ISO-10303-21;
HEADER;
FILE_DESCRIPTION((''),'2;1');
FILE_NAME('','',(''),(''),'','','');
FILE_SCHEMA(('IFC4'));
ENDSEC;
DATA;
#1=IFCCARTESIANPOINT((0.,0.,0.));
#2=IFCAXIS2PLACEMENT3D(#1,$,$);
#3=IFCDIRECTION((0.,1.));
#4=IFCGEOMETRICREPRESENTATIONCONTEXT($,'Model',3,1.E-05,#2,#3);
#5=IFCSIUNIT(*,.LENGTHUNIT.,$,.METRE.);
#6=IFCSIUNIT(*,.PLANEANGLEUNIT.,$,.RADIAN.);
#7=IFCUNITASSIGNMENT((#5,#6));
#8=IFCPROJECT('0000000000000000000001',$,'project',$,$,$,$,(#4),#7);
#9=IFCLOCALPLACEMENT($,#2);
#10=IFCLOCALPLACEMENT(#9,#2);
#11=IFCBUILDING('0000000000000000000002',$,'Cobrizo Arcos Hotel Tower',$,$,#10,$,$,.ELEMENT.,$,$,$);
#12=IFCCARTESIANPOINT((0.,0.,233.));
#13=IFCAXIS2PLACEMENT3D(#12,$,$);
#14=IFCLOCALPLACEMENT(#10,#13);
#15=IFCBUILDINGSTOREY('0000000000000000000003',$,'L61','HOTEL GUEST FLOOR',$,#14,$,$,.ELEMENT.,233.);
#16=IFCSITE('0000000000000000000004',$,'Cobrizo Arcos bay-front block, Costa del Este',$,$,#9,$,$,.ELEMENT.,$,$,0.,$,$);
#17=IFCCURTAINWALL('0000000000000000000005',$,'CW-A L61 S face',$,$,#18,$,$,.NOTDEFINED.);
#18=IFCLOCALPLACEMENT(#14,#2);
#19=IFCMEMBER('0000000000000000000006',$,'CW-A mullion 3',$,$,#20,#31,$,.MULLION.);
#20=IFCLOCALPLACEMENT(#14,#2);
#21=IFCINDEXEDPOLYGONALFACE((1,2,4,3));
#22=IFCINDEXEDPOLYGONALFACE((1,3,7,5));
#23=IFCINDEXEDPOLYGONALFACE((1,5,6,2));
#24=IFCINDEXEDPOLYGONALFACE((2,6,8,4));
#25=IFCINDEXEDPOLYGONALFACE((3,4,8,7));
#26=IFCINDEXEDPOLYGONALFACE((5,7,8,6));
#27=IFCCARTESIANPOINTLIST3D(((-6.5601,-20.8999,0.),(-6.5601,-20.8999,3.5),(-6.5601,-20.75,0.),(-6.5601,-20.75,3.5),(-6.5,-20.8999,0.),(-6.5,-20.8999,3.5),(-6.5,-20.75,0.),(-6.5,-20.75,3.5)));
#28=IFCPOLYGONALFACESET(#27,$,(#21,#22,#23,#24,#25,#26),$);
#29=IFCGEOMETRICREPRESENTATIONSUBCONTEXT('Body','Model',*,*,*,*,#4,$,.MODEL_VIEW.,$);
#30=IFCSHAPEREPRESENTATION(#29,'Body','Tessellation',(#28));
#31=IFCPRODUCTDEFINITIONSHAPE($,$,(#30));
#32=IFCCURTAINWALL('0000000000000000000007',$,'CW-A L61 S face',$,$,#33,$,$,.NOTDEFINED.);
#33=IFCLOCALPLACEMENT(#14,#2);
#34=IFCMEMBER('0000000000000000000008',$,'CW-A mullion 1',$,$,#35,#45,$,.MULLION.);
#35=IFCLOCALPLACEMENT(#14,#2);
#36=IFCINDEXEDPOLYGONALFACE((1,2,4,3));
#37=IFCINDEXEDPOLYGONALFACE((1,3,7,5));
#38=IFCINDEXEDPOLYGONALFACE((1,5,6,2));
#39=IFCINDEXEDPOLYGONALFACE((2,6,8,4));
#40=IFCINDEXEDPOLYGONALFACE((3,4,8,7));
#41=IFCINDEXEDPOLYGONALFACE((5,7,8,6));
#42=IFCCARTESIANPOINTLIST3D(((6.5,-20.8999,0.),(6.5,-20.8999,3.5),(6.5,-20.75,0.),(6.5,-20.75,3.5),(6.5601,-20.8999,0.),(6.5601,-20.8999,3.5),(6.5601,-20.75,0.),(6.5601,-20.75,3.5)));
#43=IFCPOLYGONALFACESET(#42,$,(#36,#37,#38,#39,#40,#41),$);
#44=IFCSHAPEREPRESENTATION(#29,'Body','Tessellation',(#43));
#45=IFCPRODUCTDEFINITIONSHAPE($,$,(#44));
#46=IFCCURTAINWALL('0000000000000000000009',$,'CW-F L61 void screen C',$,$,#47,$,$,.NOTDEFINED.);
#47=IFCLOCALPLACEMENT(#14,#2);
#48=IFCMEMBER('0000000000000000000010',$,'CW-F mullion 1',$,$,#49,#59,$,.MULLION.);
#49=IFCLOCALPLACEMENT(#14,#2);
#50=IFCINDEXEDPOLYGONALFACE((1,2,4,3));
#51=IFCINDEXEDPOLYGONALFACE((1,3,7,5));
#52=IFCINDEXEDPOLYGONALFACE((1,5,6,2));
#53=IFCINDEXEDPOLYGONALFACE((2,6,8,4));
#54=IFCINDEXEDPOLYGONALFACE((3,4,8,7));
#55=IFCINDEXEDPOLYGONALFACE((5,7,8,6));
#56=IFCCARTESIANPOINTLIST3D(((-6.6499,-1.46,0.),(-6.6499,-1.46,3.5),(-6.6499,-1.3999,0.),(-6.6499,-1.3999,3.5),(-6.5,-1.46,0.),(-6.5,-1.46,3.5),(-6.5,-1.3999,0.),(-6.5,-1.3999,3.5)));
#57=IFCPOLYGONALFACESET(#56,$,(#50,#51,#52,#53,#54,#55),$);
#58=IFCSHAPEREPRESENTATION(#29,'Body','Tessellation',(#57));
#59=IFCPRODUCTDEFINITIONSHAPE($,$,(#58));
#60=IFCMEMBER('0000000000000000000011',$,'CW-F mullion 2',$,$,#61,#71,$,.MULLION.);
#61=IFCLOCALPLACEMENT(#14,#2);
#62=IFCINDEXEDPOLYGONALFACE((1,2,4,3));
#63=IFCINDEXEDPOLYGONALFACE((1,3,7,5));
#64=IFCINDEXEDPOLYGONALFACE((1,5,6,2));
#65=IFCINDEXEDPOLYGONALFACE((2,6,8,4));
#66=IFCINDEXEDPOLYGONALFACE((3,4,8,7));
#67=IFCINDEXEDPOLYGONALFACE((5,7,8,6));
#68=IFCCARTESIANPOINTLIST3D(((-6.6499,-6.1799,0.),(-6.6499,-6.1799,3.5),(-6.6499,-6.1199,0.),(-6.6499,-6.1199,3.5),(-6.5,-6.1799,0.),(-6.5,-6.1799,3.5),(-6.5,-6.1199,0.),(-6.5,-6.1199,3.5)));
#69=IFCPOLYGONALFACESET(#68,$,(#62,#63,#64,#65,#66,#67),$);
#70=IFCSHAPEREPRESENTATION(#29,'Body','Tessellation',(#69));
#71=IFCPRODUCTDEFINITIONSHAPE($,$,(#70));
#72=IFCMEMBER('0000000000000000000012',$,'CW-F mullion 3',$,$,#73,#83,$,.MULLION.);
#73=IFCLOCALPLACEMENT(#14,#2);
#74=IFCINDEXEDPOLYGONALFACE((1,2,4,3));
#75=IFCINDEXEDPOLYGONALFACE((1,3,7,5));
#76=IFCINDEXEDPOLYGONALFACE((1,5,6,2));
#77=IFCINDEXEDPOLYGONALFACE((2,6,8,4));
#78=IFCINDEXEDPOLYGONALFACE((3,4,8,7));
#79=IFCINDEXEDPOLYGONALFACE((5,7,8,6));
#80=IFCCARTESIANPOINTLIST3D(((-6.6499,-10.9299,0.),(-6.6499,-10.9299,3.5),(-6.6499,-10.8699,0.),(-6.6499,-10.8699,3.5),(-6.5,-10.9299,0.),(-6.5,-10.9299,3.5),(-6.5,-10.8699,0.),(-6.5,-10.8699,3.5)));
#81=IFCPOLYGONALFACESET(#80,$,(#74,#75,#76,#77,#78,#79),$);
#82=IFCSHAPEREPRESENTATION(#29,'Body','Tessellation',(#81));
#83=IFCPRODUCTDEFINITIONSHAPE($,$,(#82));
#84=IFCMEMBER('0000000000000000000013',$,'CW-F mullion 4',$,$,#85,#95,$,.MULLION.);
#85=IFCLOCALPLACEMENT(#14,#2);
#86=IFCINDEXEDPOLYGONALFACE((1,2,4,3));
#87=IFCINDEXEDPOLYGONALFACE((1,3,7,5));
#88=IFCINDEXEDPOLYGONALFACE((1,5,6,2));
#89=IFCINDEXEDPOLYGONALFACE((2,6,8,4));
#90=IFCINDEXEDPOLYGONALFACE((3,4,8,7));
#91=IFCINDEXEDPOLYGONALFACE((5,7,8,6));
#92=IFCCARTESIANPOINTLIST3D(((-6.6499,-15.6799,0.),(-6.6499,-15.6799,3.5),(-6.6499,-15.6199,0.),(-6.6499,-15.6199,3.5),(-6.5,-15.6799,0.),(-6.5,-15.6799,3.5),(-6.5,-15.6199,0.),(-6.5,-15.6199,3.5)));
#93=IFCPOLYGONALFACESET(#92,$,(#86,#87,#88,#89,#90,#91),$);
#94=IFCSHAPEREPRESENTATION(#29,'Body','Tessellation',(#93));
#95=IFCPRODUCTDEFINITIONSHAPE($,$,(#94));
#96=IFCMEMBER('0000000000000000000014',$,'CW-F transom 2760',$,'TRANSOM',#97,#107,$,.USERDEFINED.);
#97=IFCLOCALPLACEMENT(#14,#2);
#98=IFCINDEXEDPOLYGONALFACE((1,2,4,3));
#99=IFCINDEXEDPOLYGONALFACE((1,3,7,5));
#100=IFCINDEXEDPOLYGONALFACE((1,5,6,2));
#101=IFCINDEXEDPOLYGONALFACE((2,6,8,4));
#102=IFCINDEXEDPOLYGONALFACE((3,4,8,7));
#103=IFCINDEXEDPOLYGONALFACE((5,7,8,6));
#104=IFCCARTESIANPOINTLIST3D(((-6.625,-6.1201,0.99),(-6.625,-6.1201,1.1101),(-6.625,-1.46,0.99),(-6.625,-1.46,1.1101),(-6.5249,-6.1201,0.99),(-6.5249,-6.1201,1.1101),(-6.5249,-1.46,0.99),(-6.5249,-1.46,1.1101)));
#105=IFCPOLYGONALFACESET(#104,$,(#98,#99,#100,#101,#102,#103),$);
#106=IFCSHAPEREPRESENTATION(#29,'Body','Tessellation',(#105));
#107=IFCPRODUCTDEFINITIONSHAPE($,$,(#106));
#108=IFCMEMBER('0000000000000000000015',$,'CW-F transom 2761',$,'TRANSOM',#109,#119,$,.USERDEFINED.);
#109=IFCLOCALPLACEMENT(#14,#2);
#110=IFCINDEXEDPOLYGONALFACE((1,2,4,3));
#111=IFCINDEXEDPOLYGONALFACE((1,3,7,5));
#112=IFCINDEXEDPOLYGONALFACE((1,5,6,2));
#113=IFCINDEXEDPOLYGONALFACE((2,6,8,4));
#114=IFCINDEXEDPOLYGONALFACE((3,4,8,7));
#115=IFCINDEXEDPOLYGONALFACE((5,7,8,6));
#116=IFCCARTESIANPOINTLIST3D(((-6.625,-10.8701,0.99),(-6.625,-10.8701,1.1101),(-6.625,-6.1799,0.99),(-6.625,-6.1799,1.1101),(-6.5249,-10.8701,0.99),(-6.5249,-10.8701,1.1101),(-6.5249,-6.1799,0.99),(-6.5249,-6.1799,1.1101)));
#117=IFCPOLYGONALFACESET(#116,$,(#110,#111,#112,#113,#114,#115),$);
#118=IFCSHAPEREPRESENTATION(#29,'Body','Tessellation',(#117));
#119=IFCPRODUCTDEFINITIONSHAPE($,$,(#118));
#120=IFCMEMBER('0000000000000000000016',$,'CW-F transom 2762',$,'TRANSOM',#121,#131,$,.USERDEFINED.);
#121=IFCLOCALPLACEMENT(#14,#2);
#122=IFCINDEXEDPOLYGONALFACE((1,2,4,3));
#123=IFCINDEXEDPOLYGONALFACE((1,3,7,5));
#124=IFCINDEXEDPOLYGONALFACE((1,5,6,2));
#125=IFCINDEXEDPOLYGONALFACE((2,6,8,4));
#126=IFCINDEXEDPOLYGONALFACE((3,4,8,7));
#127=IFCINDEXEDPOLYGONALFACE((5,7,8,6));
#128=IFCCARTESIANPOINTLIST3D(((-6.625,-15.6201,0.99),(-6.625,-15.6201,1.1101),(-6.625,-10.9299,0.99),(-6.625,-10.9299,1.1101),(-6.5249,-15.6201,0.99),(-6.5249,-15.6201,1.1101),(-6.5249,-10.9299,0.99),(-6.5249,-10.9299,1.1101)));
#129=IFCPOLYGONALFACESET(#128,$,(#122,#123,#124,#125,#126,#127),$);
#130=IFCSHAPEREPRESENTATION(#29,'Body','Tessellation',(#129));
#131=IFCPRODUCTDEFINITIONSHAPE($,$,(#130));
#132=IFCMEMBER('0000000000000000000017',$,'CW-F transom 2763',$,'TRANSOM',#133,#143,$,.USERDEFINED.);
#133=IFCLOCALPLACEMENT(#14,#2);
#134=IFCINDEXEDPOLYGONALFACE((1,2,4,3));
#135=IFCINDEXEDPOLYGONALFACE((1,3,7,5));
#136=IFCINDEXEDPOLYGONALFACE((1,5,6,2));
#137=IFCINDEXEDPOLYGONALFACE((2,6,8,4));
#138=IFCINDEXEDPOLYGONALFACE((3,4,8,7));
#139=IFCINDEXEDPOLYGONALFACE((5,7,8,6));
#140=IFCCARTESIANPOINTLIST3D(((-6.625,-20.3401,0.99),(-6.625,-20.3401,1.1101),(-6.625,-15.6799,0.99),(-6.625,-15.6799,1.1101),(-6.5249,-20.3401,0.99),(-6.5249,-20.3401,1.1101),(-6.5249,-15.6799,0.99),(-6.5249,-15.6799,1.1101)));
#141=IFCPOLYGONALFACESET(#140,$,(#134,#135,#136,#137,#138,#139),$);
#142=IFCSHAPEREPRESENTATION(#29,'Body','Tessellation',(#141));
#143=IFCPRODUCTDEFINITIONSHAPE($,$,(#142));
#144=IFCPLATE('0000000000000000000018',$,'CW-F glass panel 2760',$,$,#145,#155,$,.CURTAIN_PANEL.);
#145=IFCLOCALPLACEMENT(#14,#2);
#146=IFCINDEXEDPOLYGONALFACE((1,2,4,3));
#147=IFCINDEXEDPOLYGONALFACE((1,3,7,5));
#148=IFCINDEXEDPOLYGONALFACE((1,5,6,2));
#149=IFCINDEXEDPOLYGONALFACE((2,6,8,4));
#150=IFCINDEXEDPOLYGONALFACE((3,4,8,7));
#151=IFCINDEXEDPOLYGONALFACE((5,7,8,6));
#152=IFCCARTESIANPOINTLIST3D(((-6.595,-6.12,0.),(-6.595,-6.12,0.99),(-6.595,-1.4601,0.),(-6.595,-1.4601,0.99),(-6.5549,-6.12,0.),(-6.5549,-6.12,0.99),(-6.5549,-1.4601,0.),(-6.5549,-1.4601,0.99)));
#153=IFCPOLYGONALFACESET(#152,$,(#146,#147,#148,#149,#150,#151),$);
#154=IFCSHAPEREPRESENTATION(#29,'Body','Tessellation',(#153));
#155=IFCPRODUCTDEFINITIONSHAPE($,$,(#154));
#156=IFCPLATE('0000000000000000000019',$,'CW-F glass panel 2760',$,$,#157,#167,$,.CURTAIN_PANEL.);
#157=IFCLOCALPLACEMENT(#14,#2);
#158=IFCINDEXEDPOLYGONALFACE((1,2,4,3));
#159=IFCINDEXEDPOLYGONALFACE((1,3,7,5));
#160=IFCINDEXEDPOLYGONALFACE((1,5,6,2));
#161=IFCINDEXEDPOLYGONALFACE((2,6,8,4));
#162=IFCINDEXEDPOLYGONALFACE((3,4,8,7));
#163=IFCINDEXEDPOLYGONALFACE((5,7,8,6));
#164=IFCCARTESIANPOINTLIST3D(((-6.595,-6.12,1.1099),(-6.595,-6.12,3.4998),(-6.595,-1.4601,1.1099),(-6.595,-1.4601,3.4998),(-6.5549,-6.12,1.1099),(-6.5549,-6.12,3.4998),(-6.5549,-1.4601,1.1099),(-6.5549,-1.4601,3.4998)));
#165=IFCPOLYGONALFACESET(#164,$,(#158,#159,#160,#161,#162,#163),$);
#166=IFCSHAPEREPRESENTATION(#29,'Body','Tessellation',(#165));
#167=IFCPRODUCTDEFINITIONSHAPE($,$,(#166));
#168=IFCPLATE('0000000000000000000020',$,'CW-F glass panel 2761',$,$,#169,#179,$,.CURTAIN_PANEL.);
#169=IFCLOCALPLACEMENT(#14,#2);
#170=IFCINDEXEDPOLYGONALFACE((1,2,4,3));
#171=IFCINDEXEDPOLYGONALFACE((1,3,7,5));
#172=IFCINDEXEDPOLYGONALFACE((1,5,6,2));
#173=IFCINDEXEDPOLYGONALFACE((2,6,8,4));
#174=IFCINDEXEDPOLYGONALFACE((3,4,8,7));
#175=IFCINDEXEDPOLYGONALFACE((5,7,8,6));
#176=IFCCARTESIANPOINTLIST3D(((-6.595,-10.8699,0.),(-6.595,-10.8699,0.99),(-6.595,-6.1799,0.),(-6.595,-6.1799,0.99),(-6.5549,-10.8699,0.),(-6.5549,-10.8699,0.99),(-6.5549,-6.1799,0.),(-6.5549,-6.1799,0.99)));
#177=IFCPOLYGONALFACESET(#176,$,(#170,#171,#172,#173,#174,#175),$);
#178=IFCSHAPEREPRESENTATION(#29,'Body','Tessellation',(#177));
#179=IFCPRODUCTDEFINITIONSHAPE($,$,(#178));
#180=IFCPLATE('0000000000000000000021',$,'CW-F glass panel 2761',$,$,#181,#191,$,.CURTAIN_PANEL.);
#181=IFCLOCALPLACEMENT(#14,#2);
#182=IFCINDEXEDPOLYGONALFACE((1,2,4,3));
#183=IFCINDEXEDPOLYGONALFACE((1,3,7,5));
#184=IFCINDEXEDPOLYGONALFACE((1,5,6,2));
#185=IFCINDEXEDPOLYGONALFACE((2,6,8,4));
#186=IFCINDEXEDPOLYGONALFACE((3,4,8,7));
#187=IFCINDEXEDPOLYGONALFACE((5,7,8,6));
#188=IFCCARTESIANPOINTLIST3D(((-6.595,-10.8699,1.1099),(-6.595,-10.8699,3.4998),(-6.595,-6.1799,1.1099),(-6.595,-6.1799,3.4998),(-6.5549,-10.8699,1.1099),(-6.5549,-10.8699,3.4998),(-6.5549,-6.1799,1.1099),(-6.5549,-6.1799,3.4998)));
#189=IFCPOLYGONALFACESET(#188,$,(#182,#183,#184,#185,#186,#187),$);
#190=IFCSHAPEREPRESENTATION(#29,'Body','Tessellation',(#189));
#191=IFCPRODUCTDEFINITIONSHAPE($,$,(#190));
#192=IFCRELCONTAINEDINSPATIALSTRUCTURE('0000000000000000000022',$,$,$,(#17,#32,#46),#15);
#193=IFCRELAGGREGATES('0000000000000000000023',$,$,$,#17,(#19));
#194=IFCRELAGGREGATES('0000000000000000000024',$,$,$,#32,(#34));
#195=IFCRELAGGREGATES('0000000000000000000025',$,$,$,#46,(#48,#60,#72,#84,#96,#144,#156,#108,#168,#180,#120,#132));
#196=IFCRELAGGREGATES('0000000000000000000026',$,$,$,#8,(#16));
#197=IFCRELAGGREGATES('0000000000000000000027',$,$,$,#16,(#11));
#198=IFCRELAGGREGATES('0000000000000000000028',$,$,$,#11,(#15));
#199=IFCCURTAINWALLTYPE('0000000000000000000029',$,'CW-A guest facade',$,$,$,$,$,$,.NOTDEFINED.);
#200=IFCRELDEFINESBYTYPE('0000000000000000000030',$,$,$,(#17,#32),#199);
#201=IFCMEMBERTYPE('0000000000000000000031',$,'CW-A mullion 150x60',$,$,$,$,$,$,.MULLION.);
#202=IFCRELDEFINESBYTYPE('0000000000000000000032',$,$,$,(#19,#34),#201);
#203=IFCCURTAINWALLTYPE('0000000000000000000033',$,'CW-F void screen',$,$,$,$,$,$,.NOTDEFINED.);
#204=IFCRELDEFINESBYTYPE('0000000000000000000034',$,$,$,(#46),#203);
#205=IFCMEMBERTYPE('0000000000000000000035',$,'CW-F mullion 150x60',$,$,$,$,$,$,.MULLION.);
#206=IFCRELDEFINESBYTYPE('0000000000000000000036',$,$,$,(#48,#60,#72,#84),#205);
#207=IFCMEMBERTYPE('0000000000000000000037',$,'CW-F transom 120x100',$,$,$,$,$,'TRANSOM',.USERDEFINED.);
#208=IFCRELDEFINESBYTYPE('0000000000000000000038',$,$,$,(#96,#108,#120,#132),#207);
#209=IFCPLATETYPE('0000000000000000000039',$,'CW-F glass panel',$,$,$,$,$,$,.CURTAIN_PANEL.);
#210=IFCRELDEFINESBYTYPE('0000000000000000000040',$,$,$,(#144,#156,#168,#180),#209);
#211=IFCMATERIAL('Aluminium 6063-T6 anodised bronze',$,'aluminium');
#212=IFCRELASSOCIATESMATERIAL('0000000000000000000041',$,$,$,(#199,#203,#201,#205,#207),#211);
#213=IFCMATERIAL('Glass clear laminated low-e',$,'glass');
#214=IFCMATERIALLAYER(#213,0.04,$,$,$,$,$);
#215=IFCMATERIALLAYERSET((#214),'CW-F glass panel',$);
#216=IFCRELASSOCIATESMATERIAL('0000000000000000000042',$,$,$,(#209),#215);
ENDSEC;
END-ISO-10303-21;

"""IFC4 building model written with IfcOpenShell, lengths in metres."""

from ifc_helpers import new_model, si_unit, direction, frame, origin, origin_2d, place, context, subcontext, project, spatial, rectangle, extrude, material, layer, layer_set, material_profile, profile_set, type_object, element, aggregate, save


model = new_model("IFC4")

# Units and contexts
model_context = context("Model", 3, precision=1e-05, world=origin(), true_north=direction((0.0, 1.0)))
body_context = subcontext(model_context, "Body", "Model", "MODEL_VIEW")
ifc_project = project(units=[si_unit("LENGTHUNIT", "METRE"), si_unit("PLANEANGLEUNIT", "RADIAN")], contexts=[model_context])

# Site, building, storey
site_placement = place(None, origin())
site = spatial("IfcSite", under=ifc_project, at=site_placement, Name="Cobrizo Arcos bay-front block, Costa del Este", CompositionType="ELEMENT", RefElevation=0.0)
building_placement = place(site_placement, origin())
building = spatial("IfcBuilding", under=site, at=building_placement, Name="Cobrizo Arcos Hotel Tower", CompositionType="ELEMENT")
storey_placement = place(building_placement, frame((0.0, 0.0, 233.0)))
storey = spatial("IfcBuildingStorey", under=building, at=storey_placement, Name="L61", Description="HOTEL GUEST FLOOR", CompositionType="ELEMENT", Elevation=233.0)

# Curtain walls, members
ifc_material_1 = material(Name="Aluminium 6063-T6 anodised bronze", Category="aluminium")
curtain_wall_type_1 = type_object("IfcCurtainWallType", Name="CW-A guest facade", PredefinedType="NOTDEFINED", material=ifc_material_1)
curtain_wall_1_placement = place(storey_placement, origin())
curtain_wall_1 = element("IfcCurtainWall", 1, at=curtain_wall_1_placement, inside=storey, type_object=curtain_wall_type_1, Name="CW-A L61 S face", PredefinedType="NOTDEFINED")
ifc_material_profile_1 = material_profile(ifc_material_1, rectangle(XDim=0.1499, YDim=0.0601, at=origin_2d()), Name="CW-A mullion 150x60")
ifc_profile_set_1 = profile_set([ifc_material_profile_1], Name="Aluminium 6063-T6 anodised bronze")
member_type_1 = type_object("IfcMemberType", Name="CW-A mullion 150x60", PredefinedType="MULLION", material=ifc_profile_set_1)
member_1_placement = place(storey_placement, frame((-6.53, -20.825, 0.0), z_axis=(0.0, 0.0, 1.0), x_axis=(0.0, -1.0, 0.0)))
member_1 = element("IfcMember", 2, at=member_1_placement, type_object=member_type_1, Name="CW-A mullion 3", PredefinedType="MULLION", context=body_context, shape_type="SweptSolid", body=[
    extrude(rectangle(XDim=0.1499, YDim=0.0601, at=origin_2d()), origin(), (0.0, 0.0, 1.0), 3.5),
])
aggregate(curtain_wall_1, [member_1])
curtain_wall_2_placement = place(storey_placement, origin())
curtain_wall_2 = element("IfcCurtainWall", 3, at=curtain_wall_2_placement, inside=storey, type_object=curtain_wall_type_1, Name="CW-A L61 S face", PredefinedType="NOTDEFINED")
member_2_placement = place(storey_placement, frame((6.53, -20.825, 0.0), z_axis=(0.0, 0.0, 1.0), x_axis=(0.0, -1.0, 0.0)))
member_2 = element("IfcMember", 4, at=member_2_placement, type_object=member_type_1, Name="CW-A mullion 1", PredefinedType="MULLION", context=body_context, shape_type="SweptSolid", body=[
    extrude(rectangle(XDim=0.1499, YDim=0.0601, at=origin_2d()), origin(), (0.0, 0.0, 1.0), 3.5),
])
aggregate(curtain_wall_2, [member_2])

# Curtain wall, members, plates
curtain_wall_type_2 = type_object("IfcCurtainWallType", Name="CW-F void screen", PredefinedType="NOTDEFINED", material=ifc_material_1)
curtain_wall_3_placement = place(storey_placement, origin())
curtain_wall_3 = element("IfcCurtainWall", 5, at=curtain_wall_3_placement, inside=storey, type_object=curtain_wall_type_2, Name="CW-F L61 void screen C", PredefinedType="NOTDEFINED")
ifc_material_profile_2 = material_profile(ifc_material_1, rectangle(XDim=0.1499, YDim=0.0601, at=origin_2d()), Name="CW-F mullion 150x60")
ifc_profile_set_2 = profile_set([ifc_material_profile_2], Name="Aluminium 6063-T6 anodised bronze")
member_type_2 = type_object("IfcMemberType", Name="CW-F mullion 150x60", PredefinedType="MULLION", material=ifc_profile_set_2)
member_3_placement = place(storey_placement, frame((-6.575, -1.4299, 0.0), z_axis=(0.0, 0.0, 1.0), x_axis=(-1.0, 0.0, 0.0)))
member_3 = element("IfcMember", 6, at=member_3_placement, type_object=member_type_2, Name="CW-F mullion 1", PredefinedType="MULLION", context=body_context, shape_type="SweptSolid", body=[
    extrude(rectangle(XDim=0.1499, YDim=0.0601, at=origin_2d()), origin(), (0.0, 0.0, 1.0), 3.5),
])
member_4_placement = place(storey_placement, frame((-6.575, -6.1499, 0.0), z_axis=(0.0, 0.0, 1.0), x_axis=(-1.0, 0.0, 0.0)))
member_4 = element("IfcMember", 7, at=member_4_placement, type_object=member_type_2, Name="CW-F mullion 2", PredefinedType="MULLION", context=body_context, shape_type="SweptSolid", body=[
    extrude(rectangle(XDim=0.1499, YDim=0.0601, at=origin_2d()), origin(), (0.0, 0.0, 1.0), 3.5),
])
member_5_placement = place(storey_placement, frame((-6.575, -10.8999, 0.0), z_axis=(0.0, 0.0, 1.0), x_axis=(-1.0, 0.0, 0.0)))
member_5 = element("IfcMember", 8, at=member_5_placement, type_object=member_type_2, Name="CW-F mullion 3", PredefinedType="MULLION", context=body_context, shape_type="SweptSolid", body=[
    extrude(rectangle(XDim=0.1499, YDim=0.0601, at=origin_2d()), origin(), (0.0, 0.0, 1.0), 3.5),
])
member_6_placement = place(storey_placement, frame((-6.575, -15.6499, 0.0), z_axis=(0.0, 0.0, 1.0), x_axis=(-1.0, 0.0, 0.0)))
member_6 = element("IfcMember", 9, at=member_6_placement, type_object=member_type_2, Name="CW-F mullion 4", PredefinedType="MULLION", context=body_context, shape_type="SweptSolid", body=[
    extrude(rectangle(XDim=0.1499, YDim=0.0601, at=origin_2d()), origin(), (0.0, 0.0, 1.0), 3.5),
])
ifc_material_profile_3 = material_profile(ifc_material_1, rectangle(XDim=0.1001, YDim=0.1201, at=origin_2d()), Name="CW-F transom 120x100")
ifc_profile_set_3 = profile_set([ifc_material_profile_3], Name="Aluminium 6063-T6 anodised bronze")
member_type_3 = type_object("IfcMemberType", Name="CW-F transom 120x100", ElementType="TRANSOM", PredefinedType="USERDEFINED", material=ifc_profile_set_3)
member_7_placement = place(storey_placement, frame((-6.575, -1.46, 1.05), z_axis=(0.0, -1.0, 0.0), x_axis=(1.0, 0.0, 0.0)))
member_7 = element("IfcMember", 10, at=member_7_placement, type_object=member_type_3, Name="CW-F transom 2760", ObjectType="TRANSOM", PredefinedType="USERDEFINED", context=body_context, shape_type="SweptSolid", body=[
    extrude(rectangle(XDim=0.1001, YDim=0.1201, at=origin_2d()), origin(), (0.0, 0.0, 1.0), 4.6602),
])
member_8_placement = place(storey_placement, frame((-6.575, -6.1799, 1.05), z_axis=(0.0, -1.0, 0.0), x_axis=(1.0, 0.0, 0.0)))
member_8 = element("IfcMember", 11, at=member_8_placement, type_object=member_type_3, Name="CW-F transom 2761", ObjectType="TRANSOM", PredefinedType="USERDEFINED", context=body_context, shape_type="SweptSolid", body=[
    extrude(rectangle(XDim=0.1001, YDim=0.1201, at=origin_2d()), origin(), (0.0, 0.0, 1.0), 4.6902),
])
member_9_placement = place(storey_placement, frame((-6.575, -10.9299, 1.05), z_axis=(0.0, -1.0, 0.0), x_axis=(1.0, 0.0, 0.0)))
member_9 = element("IfcMember", 12, at=member_9_placement, type_object=member_type_3, Name="CW-F transom 2762", ObjectType="TRANSOM", PredefinedType="USERDEFINED", context=body_context, shape_type="SweptSolid", body=[
    extrude(rectangle(XDim=0.1001, YDim=0.1201, at=origin_2d()), origin(), (0.0, 0.0, 1.0), 4.6902),
])
member_10_placement = place(storey_placement, frame((-6.575, -15.6799, 1.05), z_axis=(0.0, -1.0, 0.0), x_axis=(1.0, 0.0, 0.0)))
member_10 = element("IfcMember", 13, at=member_10_placement, type_object=member_type_3, Name="CW-F transom 2763", ObjectType="TRANSOM", PredefinedType="USERDEFINED", context=body_context, shape_type="SweptSolid", body=[
    extrude(rectangle(XDim=0.1001, YDim=0.1201, at=origin_2d()), origin(), (0.0, 0.0, 1.0), 4.6602),
])
ifc_material_2 = material(Name="Glass clear laminated low-e", Category="glass")
ifc_layer_1 = layer(ifc_material_2, 0.04)
ifc_layer_set_1 = layer_set([ifc_layer_1], Name="CW-F glass panel")
plate_type = type_object("IfcPlateType", Name="CW-F glass panel", PredefinedType="CURTAIN_PANEL", material=ifc_layer_set_1)
plate_1_placement = place(storey_placement, frame((-6.575, -3.79, 0.0), z_axis=(0.0, 0.0, 1.0), x_axis=(0.0, -1.0, 0.0)))
plate_1 = element("IfcPlate", 14, at=plate_1_placement, type_object=plate_type, Name="CW-F glass panel 2760", PredefinedType="CURTAIN_PANEL", context=body_context, shape_type="SweptSolid", body=[
    extrude(rectangle(XDim=4.6599, YDim=0.04, at=origin_2d()), origin(), (0.0, 0.0, 1.0), 0.99),
])
plate_2_placement = place(storey_placement, frame((-6.575, -3.79, 1.1099), z_axis=(0.0, 0.0, 1.0), x_axis=(0.0, -1.0, 0.0)))
plate_2 = element("IfcPlate", 15, at=plate_2_placement, type_object=plate_type, Name="CW-F glass panel 2760", PredefinedType="CURTAIN_PANEL", context=body_context, shape_type="SweptSolid", body=[
    extrude(rectangle(XDim=4.6599, YDim=0.04, at=origin_2d()), origin(), (0.0, 0.0, 1.0), 2.3899),
])
plate_3_placement = place(storey_placement, frame((-6.575, -8.5249, 0.0), z_axis=(0.0, 0.0, 1.0), x_axis=(0.0, -1.0, 0.0)))
plate_3 = element("IfcPlate", 16, at=plate_3_placement, type_object=plate_type, Name="CW-F glass panel 2761", PredefinedType="CURTAIN_PANEL", context=body_context, shape_type="SweptSolid", body=[
    extrude(rectangle(XDim=4.6899, YDim=0.04, at=origin_2d()), origin(), (0.0, 0.0, 1.0), 0.99),
])
plate_4_placement = place(storey_placement, frame((-6.575, -8.5249, 1.1099), z_axis=(0.0, 0.0, 1.0), x_axis=(0.0, -1.0, 0.0)))
plate_4 = element("IfcPlate", 17, at=plate_4_placement, type_object=plate_type, Name="CW-F glass panel 2761", PredefinedType="CURTAIN_PANEL", context=body_context, shape_type="SweptSolid", body=[
    extrude(rectangle(XDim=4.6899, YDim=0.04, at=origin_2d()), origin(), (0.0, 0.0, 1.0), 2.3899),
])
aggregate(curtain_wall_3, [member_3, member_4, member_5, member_6, member_7, plate_1, plate_2, member_8, plate_3, plate_4, member_9, member_10])

save(model, "model.ifc")
